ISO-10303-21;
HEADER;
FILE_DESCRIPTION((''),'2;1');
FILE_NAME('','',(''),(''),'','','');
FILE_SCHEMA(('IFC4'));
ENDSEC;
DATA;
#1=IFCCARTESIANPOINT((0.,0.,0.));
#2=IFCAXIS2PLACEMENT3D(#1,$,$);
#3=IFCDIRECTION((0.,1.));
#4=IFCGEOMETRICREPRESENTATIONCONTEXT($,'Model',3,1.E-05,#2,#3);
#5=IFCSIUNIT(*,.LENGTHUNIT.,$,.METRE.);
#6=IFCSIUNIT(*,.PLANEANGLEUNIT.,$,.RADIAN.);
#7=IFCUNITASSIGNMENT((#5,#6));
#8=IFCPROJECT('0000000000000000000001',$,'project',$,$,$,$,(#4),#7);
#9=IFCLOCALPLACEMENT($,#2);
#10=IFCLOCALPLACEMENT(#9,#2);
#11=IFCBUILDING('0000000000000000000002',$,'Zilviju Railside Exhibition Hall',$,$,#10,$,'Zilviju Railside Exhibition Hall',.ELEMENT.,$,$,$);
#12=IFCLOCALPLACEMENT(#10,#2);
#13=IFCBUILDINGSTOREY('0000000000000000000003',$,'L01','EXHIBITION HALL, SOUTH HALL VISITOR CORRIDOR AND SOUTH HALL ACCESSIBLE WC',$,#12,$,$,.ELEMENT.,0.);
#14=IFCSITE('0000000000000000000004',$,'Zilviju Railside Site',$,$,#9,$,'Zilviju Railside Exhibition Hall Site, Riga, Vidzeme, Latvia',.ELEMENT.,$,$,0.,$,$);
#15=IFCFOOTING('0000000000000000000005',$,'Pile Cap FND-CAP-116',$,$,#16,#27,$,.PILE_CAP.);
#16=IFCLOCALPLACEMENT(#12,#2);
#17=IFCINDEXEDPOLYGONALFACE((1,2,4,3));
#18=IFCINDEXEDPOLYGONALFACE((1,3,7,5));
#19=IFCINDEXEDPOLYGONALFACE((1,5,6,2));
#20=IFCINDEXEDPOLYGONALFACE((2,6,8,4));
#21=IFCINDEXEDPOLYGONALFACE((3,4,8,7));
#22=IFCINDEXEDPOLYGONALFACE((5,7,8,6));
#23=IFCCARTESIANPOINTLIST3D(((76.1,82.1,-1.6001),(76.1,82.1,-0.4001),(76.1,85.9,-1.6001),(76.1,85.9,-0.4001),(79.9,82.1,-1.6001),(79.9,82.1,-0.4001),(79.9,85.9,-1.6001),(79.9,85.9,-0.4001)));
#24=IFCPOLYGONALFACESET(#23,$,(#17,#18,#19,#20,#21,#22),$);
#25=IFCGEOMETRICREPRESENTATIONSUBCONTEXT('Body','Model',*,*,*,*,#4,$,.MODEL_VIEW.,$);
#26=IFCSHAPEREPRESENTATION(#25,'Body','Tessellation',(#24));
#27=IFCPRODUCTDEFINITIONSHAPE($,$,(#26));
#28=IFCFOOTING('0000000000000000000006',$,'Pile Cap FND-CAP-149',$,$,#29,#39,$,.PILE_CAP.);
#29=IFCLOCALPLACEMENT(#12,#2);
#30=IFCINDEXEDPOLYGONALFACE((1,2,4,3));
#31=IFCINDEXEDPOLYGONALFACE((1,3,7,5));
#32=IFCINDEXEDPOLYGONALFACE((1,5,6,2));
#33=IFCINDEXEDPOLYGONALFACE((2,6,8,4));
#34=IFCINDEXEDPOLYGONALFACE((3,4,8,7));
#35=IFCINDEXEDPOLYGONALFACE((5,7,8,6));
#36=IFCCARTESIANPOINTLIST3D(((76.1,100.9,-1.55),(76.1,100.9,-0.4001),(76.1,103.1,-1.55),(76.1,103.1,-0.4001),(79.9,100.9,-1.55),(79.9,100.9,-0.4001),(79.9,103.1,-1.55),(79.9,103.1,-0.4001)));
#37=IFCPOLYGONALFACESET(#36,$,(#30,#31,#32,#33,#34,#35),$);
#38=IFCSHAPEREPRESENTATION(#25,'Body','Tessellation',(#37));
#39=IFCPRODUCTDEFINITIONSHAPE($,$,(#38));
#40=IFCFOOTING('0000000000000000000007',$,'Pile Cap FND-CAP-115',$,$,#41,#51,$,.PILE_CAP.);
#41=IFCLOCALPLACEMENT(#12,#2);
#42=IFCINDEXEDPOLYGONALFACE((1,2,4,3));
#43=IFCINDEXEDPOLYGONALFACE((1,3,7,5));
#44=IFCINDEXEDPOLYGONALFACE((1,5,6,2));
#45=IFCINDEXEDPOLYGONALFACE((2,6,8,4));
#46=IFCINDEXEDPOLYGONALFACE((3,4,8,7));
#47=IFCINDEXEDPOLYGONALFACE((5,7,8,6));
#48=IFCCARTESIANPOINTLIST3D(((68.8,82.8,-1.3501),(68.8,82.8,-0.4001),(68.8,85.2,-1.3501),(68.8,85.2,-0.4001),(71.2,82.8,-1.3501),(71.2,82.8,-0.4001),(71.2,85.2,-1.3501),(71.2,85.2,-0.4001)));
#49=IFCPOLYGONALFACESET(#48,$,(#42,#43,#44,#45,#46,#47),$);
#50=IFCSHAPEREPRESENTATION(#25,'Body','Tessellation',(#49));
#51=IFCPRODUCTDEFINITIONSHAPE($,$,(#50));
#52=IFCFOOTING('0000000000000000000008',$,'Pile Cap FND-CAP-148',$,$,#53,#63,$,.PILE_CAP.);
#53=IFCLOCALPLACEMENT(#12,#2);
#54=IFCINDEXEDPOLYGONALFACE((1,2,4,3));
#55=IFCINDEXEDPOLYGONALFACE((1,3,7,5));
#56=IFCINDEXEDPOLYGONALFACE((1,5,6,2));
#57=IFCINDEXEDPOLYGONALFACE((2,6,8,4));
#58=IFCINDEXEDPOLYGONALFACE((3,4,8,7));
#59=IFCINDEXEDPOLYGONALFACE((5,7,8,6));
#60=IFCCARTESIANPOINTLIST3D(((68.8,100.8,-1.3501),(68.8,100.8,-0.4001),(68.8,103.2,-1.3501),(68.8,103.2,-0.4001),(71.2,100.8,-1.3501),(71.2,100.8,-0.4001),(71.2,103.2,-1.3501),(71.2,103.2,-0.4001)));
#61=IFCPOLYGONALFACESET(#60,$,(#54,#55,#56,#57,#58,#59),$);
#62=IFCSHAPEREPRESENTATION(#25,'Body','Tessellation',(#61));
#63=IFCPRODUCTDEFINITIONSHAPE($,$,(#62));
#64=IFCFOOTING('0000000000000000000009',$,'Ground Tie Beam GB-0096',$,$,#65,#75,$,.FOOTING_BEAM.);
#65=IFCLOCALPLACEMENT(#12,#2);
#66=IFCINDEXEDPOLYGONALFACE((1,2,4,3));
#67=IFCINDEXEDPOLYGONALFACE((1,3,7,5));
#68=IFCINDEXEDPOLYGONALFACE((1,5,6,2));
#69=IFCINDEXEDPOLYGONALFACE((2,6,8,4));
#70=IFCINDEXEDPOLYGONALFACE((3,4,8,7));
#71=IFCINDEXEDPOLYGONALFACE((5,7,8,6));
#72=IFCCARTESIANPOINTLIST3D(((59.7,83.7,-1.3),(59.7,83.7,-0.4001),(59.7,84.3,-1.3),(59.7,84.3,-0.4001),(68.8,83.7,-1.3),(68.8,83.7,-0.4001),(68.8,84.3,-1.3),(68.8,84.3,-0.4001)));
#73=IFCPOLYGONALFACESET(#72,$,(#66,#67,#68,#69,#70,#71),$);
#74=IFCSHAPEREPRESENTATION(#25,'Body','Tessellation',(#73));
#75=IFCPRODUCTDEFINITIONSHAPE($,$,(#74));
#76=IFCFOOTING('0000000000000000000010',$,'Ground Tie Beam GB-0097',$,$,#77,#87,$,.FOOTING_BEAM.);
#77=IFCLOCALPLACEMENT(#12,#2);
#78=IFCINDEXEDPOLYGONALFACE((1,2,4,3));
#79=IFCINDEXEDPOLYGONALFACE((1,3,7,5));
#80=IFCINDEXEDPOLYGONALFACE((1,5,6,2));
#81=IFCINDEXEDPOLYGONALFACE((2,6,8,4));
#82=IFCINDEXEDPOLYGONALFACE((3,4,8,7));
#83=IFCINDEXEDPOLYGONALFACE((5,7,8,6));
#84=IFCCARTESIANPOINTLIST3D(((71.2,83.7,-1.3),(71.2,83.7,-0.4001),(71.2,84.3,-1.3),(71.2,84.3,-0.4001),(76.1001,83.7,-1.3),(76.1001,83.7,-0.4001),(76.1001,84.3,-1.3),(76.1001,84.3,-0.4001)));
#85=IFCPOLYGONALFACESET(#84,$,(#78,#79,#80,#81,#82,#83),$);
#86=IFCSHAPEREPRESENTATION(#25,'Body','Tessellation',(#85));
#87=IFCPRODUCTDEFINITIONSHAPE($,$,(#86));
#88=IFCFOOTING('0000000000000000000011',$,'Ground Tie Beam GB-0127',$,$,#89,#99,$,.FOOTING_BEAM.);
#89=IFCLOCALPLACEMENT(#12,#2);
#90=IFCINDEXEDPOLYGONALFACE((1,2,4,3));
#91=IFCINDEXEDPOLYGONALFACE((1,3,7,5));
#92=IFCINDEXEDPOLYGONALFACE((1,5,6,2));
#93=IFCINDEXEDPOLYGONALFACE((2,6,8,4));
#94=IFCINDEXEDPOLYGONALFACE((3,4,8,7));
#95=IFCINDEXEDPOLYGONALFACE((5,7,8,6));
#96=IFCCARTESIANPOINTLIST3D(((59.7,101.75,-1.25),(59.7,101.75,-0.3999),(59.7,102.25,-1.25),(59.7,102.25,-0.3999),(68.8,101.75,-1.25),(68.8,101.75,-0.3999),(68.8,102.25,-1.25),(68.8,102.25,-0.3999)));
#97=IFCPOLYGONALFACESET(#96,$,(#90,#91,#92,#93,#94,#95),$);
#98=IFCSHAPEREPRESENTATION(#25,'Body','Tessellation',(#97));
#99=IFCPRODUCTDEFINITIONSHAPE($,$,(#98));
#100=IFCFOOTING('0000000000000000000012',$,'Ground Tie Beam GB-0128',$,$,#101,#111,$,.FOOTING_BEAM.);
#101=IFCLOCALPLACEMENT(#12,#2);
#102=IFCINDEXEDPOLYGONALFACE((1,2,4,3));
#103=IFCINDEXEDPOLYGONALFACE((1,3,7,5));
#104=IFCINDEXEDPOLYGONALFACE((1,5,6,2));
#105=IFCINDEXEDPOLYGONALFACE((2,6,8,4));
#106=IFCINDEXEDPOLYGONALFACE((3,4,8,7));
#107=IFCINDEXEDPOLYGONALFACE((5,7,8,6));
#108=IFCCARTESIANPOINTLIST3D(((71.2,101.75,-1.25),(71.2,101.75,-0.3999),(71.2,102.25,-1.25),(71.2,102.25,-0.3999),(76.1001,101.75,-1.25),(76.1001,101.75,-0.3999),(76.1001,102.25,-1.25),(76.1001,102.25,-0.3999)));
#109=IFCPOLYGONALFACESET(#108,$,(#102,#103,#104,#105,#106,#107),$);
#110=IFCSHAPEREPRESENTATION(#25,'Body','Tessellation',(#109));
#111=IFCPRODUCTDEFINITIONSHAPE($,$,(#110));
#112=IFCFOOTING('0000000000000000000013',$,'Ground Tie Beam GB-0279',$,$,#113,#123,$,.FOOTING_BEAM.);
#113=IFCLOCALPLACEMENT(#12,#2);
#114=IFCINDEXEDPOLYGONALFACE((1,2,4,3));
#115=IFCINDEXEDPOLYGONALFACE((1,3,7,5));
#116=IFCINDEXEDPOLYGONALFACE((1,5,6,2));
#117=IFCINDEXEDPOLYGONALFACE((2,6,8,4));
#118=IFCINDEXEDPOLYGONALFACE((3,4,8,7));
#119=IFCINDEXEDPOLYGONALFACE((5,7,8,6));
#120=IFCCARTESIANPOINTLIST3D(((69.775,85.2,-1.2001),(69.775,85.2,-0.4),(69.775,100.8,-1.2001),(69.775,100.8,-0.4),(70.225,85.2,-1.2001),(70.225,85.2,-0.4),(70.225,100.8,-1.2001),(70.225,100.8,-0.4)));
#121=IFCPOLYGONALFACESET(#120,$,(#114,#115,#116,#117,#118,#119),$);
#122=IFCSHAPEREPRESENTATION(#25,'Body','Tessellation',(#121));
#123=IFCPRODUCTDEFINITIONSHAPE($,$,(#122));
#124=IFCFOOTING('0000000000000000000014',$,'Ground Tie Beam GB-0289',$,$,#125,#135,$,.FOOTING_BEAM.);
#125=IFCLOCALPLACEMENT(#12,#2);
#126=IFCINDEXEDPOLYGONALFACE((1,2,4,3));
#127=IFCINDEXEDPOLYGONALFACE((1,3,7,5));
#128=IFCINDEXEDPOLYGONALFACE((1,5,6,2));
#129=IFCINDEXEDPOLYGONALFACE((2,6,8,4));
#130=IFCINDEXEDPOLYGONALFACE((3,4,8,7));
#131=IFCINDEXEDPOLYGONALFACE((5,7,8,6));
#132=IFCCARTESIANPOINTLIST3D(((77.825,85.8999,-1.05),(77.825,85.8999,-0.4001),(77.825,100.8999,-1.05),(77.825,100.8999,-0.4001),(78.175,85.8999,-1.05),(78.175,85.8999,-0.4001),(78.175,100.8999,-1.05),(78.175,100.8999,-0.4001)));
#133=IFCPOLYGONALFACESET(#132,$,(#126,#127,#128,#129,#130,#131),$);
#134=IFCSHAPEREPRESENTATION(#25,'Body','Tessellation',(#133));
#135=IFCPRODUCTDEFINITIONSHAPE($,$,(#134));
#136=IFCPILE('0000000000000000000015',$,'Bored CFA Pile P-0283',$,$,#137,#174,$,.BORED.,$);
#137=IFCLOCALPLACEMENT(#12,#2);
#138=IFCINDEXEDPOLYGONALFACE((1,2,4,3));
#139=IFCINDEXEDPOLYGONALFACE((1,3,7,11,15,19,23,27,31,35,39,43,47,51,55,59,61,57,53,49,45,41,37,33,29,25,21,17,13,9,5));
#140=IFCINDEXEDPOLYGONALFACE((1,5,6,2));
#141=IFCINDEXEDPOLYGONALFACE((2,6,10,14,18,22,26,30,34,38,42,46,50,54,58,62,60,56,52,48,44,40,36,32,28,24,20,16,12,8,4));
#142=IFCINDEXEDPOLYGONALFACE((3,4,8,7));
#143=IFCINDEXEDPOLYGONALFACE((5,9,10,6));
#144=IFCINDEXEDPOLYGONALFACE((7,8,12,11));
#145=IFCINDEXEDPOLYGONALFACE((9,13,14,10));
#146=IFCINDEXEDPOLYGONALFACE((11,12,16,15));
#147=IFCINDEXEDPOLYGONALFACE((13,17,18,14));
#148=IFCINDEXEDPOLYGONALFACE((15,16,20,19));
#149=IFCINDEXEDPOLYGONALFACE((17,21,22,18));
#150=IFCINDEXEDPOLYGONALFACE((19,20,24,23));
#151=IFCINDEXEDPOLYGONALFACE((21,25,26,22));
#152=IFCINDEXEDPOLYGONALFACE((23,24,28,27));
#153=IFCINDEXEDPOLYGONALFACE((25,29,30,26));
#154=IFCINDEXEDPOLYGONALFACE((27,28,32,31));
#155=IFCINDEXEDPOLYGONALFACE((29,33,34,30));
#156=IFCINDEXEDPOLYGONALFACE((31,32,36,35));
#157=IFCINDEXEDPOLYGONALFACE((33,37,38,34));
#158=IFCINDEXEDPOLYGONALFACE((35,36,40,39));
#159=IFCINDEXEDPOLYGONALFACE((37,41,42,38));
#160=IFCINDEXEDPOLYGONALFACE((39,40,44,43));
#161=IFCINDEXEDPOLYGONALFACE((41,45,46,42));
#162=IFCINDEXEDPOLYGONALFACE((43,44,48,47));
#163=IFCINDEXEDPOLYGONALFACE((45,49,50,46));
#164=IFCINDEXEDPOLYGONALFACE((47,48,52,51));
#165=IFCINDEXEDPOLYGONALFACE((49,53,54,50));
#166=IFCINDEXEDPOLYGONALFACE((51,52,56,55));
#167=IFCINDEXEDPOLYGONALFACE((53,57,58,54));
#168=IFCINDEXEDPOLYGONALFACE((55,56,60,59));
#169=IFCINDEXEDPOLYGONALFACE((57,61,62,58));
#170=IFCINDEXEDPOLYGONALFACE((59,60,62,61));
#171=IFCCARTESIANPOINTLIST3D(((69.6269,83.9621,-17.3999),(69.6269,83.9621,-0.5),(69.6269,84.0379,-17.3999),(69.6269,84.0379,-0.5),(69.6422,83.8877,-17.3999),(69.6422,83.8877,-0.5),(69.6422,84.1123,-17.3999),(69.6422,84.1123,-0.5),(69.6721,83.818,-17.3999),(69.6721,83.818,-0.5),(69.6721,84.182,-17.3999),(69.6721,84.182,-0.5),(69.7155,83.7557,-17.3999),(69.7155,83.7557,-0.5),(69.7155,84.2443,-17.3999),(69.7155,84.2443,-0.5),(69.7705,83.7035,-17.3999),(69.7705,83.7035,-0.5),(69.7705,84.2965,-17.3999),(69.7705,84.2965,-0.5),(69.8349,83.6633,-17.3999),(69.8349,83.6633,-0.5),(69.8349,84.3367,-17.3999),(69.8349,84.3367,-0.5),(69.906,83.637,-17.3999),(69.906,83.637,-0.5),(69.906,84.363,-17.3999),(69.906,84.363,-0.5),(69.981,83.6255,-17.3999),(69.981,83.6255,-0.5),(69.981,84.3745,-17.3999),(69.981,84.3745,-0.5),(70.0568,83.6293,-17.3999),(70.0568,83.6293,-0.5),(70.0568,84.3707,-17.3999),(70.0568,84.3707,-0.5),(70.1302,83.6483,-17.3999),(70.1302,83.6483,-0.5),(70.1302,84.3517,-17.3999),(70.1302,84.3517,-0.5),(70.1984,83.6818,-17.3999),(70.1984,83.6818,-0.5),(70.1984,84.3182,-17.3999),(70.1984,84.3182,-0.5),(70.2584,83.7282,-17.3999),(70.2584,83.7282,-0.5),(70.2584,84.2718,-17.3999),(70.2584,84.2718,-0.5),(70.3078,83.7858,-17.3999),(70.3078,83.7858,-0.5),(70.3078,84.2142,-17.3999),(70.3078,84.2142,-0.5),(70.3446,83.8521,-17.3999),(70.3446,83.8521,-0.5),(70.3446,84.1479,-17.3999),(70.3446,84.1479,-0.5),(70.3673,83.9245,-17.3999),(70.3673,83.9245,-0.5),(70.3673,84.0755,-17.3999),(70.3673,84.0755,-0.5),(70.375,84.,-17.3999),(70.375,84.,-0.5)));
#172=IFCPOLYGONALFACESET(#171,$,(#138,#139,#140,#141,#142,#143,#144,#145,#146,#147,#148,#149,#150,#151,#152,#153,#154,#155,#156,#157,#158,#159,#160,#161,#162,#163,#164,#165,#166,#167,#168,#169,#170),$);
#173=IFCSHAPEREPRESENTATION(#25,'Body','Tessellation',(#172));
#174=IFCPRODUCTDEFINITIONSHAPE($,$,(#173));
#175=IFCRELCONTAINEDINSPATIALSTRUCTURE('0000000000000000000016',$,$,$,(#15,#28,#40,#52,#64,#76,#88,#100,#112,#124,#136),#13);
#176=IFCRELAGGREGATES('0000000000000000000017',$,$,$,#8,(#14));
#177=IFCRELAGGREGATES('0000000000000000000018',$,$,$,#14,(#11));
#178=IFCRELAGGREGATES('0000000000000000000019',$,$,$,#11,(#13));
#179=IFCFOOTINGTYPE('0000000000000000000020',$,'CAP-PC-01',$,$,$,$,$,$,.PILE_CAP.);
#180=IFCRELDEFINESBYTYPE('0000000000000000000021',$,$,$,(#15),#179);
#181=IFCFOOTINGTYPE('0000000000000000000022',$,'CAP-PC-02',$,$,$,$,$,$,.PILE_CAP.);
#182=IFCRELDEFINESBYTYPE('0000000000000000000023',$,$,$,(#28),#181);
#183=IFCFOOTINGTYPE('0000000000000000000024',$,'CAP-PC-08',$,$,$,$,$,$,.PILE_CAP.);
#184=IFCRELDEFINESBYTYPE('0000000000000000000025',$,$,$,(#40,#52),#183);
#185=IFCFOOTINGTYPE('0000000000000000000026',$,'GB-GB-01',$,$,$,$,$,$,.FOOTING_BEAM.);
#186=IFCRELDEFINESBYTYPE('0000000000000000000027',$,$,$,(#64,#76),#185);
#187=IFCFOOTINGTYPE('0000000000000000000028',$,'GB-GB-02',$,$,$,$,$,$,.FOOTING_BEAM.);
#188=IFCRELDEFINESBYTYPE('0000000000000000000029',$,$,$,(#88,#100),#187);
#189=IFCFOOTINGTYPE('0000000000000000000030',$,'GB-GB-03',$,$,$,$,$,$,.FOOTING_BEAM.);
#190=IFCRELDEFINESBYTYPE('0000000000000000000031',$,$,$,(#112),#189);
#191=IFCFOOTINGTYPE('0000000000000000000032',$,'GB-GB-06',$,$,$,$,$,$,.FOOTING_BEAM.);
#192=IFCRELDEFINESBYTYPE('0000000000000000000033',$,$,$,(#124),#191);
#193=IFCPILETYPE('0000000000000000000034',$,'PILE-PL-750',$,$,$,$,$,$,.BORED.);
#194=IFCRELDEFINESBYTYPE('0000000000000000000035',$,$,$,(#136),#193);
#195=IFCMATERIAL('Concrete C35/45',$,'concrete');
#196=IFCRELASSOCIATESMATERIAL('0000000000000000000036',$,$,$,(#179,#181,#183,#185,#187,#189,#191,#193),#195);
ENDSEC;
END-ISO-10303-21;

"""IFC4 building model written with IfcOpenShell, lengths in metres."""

from ifc_helpers import new_model, si_unit, direction, frame, origin, origin_2d, place, context, subcontext, project, spatial, rectangle, circle, extrude, material, material_profile, profile_set, type_object, element, save


model = new_model("IFC4")

# Units and contexts
model_context = context("Model", 3, precision=1e-05, world=origin(), true_north=direction((0.0, 1.0)))
body_context = subcontext(model_context, "Body", "Model", "MODEL_VIEW")
ifc_project = project(units=[si_unit("LENGTHUNIT", "METRE"), si_unit("PLANEANGLEUNIT", "RADIAN")], contexts=[model_context])

# Site, building, storey
site_placement = place(None, origin())
site = spatial("IfcSite", under=ifc_project, at=site_placement, Name="Zilviju Railside Site", LongName="Zilviju Railside Exhibition Hall Site, Riga, Vidzeme, Latvia", CompositionType="ELEMENT", RefElevation=0.0)
building_placement = place(site_placement, origin())
building = spatial("IfcBuilding", under=site, at=building_placement, Name="Zilviju Railside Exhibition Hall", LongName="Zilviju Railside Exhibition Hall", CompositionType="ELEMENT")
storey_placement = place(building_placement, origin())
storey = spatial("IfcBuildingStorey", under=building, at=storey_placement, Name="L01", Description="EXHIBITION HALL, SOUTH HALL VISITOR CORRIDOR AND SOUTH HALL ACCESSIBLE WC", CompositionType="ELEMENT", Elevation=0.0)

# Footings
ifc_material_1 = material(Name="Concrete C35/45", Category="concrete")
footing_type_1 = type_object("IfcFootingType", Name="CAP-PC-01", PredefinedType="PILE_CAP", material=ifc_material_1)
footing_1_placement = place(storey_placement, frame((78.0, 84.0, -1.6001), z_axis=(0.0, 0.0, 1.0), x_axis=(1.0, 0.0, 0.0)))
element("IfcFooting", 1, at=footing_1_placement, inside=storey, type_object=footing_type_1, Name="Pile Cap FND-CAP-116", PredefinedType="PILE_CAP", context=body_context, shape_type="SweptSolid", body=[
    extrude(rectangle(XDim=3.8, YDim=3.8, at=origin_2d()), origin(), (0.0, 0.0, 1.0), 1.2),
])
footing_type_2 = type_object("IfcFootingType", Name="CAP-PC-02", PredefinedType="PILE_CAP", material=ifc_material_1)
footing_2_placement = place(storey_placement, frame((78.0, 102.0, -1.55), z_axis=(0.0, 0.0, 1.0), x_axis=(1.0, 0.0, 0.0)))
element("IfcFooting", 2, at=footing_2_placement, inside=storey, type_object=footing_type_2, Name="Pile Cap FND-CAP-149", PredefinedType="PILE_CAP", context=body_context, shape_type="SweptSolid", body=[
    extrude(rectangle(XDim=3.8, YDim=2.2, at=origin_2d()), origin(), (0.0, 0.0, 1.0), 1.1499),
])
footing_type_3 = type_object("IfcFootingType", Name="CAP-PC-08", PredefinedType="PILE_CAP", material=ifc_material_1)
for number, where, z_axis, x_axis, name in (
    (3, (70.0, 84.0, -1.3501), (0.0, 0.0, 1.0), (1.0, 0.0, 0.0), "Pile Cap FND-CAP-115"),
    (4, (70.0, 102.0, -1.3501), (0.0, 0.0, 1.0), (1.0, 0.0, 0.0), "Pile Cap FND-CAP-148"),
):
    element("IfcFooting", number, at=place(storey_placement, frame(where, z_axis=z_axis, x_axis=x_axis)), inside=storey, type_object=footing_type_3, Name=name, PredefinedType="PILE_CAP", context=body_context, shape_type="SweptSolid", body=[
        extrude(rectangle(XDim=2.3999, YDim=2.3999, at=origin_2d()), origin(), (0.0, 0.0, 1.0), 0.95),
    ])
ifc_material_profile_1 = material_profile(ifc_material_1, rectangle(XDim=0.6001, YDim=0.8999, at=origin_2d()), Name="TIE BEAM 600x900")
ifc_profile_set_1 = profile_set([ifc_material_profile_1], Name="Concrete C35/45")
footing_type_4 = type_object("IfcFootingType", Name="GB-GB-01", PredefinedType="FOOTING_BEAM", material=ifc_profile_set_1)
footing_3_placement = place(storey_placement, frame((59.7, 84.0, -0.8501), z_axis=(1.0, 0.0, 0.0), x_axis=(0.0, 1.0, 0.0)))
element("IfcFooting", 5, at=footing_3_placement, inside=storey, type_object=footing_type_4, Name="Ground Tie Beam GB-0096", PredefinedType="FOOTING_BEAM", context=body_context, shape_type="SweptSolid", body=[
    extrude(rectangle(XDim=0.6001, YDim=0.8999, at=origin_2d()), origin(), (0.0, 0.0, 1.0), 9.1001),
])
footing_4_placement = place(storey_placement, frame((71.2, 84.0, -0.8501), z_axis=(1.0, 0.0, 0.0), x_axis=(0.0, 1.0, 0.0)))
element("IfcFooting", 6, at=footing_4_placement, inside=storey, type_object=footing_type_4, Name="Ground Tie Beam GB-0097", PredefinedType="FOOTING_BEAM", context=body_context, shape_type="SweptSolid", body=[
    extrude(rectangle(XDim=0.6001, YDim=0.8999, at=origin_2d()), origin(), (0.0, 0.0, 1.0), 4.9001),
])
ifc_material_profile_2 = material_profile(ifc_material_1, rectangle(XDim=0.5, YDim=0.8501, at=origin_2d()), Name="TIE BEAM 500x850")
ifc_profile_set_2 = profile_set([ifc_material_profile_2], Name="Concrete C35/45")
footing_type_5 = type_object("IfcFootingType", Name="GB-GB-02", PredefinedType="FOOTING_BEAM", material=ifc_profile_set_2)
footing_5_placement = place(storey_placement, frame((59.7, 102.0, -0.825), z_axis=(1.0, 0.0, 0.0), x_axis=(0.0, 1.0, 0.0)))
element("IfcFooting", 7, at=footing_5_placement, inside=storey, type_object=footing_type_5, Name="Ground Tie Beam GB-0127", PredefinedType="FOOTING_BEAM", context=body_context, shape_type="SweptSolid", body=[
    extrude(rectangle(XDim=0.5, YDim=0.8501, at=origin_2d()), origin(), (0.0, 0.0, 1.0), 9.1001),
])
footing_6_placement = place(storey_placement, frame((71.2, 102.0, -0.825), z_axis=(1.0, 0.0, 0.0), x_axis=(0.0, 1.0, 0.0)))
element("IfcFooting", 8, at=footing_6_placement, inside=storey, type_object=footing_type_5, Name="Ground Tie Beam GB-0128", PredefinedType="FOOTING_BEAM", context=body_context, shape_type="SweptSolid", body=[
    extrude(rectangle(XDim=0.5, YDim=0.8501, at=origin_2d()), origin(), (0.0, 0.0, 1.0), 4.9001),
])
ifc_material_profile_3 = material_profile(ifc_material_1, rectangle(XDim=0.45, YDim=0.8, at=origin_2d()), Name="TIE BEAM 450x800")
ifc_profile_set_3 = profile_set([ifc_material_profile_3], Name="Concrete C35/45")
footing_type_6 = type_object("IfcFootingType", Name="GB-GB-03", PredefinedType="FOOTING_BEAM", material=ifc_profile_set_3)
footing_7_placement = place(storey_placement, frame((70.0, 85.2, -0.8), z_axis=(0.0, 1.0, 0.0), x_axis=(-1.0, 0.0, 0.0)))
element("IfcFooting", 9, at=footing_7_placement, inside=storey, type_object=footing_type_6, Name="Ground Tie Beam GB-0279", PredefinedType="FOOTING_BEAM", context=body_context, shape_type="SweptSolid", body=[
    extrude(rectangle(XDim=0.45, YDim=0.8, at=origin_2d()), origin(), (0.0, 0.0, 1.0), 15.6001),
])
ifc_material_profile_4 = material_profile(ifc_material_1, rectangle(XDim=0.3501, YDim=0.6499, at=origin_2d()), Name="TIE BEAM 350x650")
ifc_profile_set_4 = profile_set([ifc_material_profile_4], Name="Concrete C35/45")
footing_type_7 = type_object("IfcFootingType", Name="GB-GB-06", PredefinedType="FOOTING_BEAM", material=ifc_profile_set_4)
footing_8_placement = place(storey_placement, frame((78.0, 85.8999, -0.7251), z_axis=(0.0, 1.0, 0.0), x_axis=(-1.0, 0.0, 0.0)))
element("IfcFooting", 10, at=footing_8_placement, inside=storey, type_object=footing_type_7, Name="Ground Tie Beam GB-0289", PredefinedType="FOOTING_BEAM", context=body_context, shape_type="SweptSolid", body=[
    extrude(rectangle(XDim=0.3501, YDim=0.6499, at=origin_2d()), origin(), (0.0, 0.0, 1.0), 15.0),
])

# Pile
ifc_material_profile_5 = material_profile(ifc_material_1, circle(Radius=0.375, at=origin_2d()), Name="CFA PILE D750")
ifc_profile_set_5 = profile_set([ifc_material_profile_5], Name="Concrete C35/45")
pile_type_1 = type_object("IfcPileType", Name="PILE-PL-750", PredefinedType="BORED", material=ifc_profile_set_5)
for number, where, z_axis, x_axis, name in (
    (11, (70.0, 84.0, -0.5), (0.0, 0.0, -1.0), (1.0, 0.0, 0.0), "Bored CFA Pile P-0283"),
):
    element("IfcPile", number, at=place(storey_placement, frame(where, z_axis=z_axis, x_axis=x_axis)), inside=storey, type_object=pile_type_1, Name=name, PredefinedType="BORED", context=body_context, shape_type="SweptSolid", body=[
        extrude(circle(Radius=0.375, at=origin_2d()), origin(), (0.0, 0.0, 1.0), 16.8999),
    ])

save(model, "model.ifc")
